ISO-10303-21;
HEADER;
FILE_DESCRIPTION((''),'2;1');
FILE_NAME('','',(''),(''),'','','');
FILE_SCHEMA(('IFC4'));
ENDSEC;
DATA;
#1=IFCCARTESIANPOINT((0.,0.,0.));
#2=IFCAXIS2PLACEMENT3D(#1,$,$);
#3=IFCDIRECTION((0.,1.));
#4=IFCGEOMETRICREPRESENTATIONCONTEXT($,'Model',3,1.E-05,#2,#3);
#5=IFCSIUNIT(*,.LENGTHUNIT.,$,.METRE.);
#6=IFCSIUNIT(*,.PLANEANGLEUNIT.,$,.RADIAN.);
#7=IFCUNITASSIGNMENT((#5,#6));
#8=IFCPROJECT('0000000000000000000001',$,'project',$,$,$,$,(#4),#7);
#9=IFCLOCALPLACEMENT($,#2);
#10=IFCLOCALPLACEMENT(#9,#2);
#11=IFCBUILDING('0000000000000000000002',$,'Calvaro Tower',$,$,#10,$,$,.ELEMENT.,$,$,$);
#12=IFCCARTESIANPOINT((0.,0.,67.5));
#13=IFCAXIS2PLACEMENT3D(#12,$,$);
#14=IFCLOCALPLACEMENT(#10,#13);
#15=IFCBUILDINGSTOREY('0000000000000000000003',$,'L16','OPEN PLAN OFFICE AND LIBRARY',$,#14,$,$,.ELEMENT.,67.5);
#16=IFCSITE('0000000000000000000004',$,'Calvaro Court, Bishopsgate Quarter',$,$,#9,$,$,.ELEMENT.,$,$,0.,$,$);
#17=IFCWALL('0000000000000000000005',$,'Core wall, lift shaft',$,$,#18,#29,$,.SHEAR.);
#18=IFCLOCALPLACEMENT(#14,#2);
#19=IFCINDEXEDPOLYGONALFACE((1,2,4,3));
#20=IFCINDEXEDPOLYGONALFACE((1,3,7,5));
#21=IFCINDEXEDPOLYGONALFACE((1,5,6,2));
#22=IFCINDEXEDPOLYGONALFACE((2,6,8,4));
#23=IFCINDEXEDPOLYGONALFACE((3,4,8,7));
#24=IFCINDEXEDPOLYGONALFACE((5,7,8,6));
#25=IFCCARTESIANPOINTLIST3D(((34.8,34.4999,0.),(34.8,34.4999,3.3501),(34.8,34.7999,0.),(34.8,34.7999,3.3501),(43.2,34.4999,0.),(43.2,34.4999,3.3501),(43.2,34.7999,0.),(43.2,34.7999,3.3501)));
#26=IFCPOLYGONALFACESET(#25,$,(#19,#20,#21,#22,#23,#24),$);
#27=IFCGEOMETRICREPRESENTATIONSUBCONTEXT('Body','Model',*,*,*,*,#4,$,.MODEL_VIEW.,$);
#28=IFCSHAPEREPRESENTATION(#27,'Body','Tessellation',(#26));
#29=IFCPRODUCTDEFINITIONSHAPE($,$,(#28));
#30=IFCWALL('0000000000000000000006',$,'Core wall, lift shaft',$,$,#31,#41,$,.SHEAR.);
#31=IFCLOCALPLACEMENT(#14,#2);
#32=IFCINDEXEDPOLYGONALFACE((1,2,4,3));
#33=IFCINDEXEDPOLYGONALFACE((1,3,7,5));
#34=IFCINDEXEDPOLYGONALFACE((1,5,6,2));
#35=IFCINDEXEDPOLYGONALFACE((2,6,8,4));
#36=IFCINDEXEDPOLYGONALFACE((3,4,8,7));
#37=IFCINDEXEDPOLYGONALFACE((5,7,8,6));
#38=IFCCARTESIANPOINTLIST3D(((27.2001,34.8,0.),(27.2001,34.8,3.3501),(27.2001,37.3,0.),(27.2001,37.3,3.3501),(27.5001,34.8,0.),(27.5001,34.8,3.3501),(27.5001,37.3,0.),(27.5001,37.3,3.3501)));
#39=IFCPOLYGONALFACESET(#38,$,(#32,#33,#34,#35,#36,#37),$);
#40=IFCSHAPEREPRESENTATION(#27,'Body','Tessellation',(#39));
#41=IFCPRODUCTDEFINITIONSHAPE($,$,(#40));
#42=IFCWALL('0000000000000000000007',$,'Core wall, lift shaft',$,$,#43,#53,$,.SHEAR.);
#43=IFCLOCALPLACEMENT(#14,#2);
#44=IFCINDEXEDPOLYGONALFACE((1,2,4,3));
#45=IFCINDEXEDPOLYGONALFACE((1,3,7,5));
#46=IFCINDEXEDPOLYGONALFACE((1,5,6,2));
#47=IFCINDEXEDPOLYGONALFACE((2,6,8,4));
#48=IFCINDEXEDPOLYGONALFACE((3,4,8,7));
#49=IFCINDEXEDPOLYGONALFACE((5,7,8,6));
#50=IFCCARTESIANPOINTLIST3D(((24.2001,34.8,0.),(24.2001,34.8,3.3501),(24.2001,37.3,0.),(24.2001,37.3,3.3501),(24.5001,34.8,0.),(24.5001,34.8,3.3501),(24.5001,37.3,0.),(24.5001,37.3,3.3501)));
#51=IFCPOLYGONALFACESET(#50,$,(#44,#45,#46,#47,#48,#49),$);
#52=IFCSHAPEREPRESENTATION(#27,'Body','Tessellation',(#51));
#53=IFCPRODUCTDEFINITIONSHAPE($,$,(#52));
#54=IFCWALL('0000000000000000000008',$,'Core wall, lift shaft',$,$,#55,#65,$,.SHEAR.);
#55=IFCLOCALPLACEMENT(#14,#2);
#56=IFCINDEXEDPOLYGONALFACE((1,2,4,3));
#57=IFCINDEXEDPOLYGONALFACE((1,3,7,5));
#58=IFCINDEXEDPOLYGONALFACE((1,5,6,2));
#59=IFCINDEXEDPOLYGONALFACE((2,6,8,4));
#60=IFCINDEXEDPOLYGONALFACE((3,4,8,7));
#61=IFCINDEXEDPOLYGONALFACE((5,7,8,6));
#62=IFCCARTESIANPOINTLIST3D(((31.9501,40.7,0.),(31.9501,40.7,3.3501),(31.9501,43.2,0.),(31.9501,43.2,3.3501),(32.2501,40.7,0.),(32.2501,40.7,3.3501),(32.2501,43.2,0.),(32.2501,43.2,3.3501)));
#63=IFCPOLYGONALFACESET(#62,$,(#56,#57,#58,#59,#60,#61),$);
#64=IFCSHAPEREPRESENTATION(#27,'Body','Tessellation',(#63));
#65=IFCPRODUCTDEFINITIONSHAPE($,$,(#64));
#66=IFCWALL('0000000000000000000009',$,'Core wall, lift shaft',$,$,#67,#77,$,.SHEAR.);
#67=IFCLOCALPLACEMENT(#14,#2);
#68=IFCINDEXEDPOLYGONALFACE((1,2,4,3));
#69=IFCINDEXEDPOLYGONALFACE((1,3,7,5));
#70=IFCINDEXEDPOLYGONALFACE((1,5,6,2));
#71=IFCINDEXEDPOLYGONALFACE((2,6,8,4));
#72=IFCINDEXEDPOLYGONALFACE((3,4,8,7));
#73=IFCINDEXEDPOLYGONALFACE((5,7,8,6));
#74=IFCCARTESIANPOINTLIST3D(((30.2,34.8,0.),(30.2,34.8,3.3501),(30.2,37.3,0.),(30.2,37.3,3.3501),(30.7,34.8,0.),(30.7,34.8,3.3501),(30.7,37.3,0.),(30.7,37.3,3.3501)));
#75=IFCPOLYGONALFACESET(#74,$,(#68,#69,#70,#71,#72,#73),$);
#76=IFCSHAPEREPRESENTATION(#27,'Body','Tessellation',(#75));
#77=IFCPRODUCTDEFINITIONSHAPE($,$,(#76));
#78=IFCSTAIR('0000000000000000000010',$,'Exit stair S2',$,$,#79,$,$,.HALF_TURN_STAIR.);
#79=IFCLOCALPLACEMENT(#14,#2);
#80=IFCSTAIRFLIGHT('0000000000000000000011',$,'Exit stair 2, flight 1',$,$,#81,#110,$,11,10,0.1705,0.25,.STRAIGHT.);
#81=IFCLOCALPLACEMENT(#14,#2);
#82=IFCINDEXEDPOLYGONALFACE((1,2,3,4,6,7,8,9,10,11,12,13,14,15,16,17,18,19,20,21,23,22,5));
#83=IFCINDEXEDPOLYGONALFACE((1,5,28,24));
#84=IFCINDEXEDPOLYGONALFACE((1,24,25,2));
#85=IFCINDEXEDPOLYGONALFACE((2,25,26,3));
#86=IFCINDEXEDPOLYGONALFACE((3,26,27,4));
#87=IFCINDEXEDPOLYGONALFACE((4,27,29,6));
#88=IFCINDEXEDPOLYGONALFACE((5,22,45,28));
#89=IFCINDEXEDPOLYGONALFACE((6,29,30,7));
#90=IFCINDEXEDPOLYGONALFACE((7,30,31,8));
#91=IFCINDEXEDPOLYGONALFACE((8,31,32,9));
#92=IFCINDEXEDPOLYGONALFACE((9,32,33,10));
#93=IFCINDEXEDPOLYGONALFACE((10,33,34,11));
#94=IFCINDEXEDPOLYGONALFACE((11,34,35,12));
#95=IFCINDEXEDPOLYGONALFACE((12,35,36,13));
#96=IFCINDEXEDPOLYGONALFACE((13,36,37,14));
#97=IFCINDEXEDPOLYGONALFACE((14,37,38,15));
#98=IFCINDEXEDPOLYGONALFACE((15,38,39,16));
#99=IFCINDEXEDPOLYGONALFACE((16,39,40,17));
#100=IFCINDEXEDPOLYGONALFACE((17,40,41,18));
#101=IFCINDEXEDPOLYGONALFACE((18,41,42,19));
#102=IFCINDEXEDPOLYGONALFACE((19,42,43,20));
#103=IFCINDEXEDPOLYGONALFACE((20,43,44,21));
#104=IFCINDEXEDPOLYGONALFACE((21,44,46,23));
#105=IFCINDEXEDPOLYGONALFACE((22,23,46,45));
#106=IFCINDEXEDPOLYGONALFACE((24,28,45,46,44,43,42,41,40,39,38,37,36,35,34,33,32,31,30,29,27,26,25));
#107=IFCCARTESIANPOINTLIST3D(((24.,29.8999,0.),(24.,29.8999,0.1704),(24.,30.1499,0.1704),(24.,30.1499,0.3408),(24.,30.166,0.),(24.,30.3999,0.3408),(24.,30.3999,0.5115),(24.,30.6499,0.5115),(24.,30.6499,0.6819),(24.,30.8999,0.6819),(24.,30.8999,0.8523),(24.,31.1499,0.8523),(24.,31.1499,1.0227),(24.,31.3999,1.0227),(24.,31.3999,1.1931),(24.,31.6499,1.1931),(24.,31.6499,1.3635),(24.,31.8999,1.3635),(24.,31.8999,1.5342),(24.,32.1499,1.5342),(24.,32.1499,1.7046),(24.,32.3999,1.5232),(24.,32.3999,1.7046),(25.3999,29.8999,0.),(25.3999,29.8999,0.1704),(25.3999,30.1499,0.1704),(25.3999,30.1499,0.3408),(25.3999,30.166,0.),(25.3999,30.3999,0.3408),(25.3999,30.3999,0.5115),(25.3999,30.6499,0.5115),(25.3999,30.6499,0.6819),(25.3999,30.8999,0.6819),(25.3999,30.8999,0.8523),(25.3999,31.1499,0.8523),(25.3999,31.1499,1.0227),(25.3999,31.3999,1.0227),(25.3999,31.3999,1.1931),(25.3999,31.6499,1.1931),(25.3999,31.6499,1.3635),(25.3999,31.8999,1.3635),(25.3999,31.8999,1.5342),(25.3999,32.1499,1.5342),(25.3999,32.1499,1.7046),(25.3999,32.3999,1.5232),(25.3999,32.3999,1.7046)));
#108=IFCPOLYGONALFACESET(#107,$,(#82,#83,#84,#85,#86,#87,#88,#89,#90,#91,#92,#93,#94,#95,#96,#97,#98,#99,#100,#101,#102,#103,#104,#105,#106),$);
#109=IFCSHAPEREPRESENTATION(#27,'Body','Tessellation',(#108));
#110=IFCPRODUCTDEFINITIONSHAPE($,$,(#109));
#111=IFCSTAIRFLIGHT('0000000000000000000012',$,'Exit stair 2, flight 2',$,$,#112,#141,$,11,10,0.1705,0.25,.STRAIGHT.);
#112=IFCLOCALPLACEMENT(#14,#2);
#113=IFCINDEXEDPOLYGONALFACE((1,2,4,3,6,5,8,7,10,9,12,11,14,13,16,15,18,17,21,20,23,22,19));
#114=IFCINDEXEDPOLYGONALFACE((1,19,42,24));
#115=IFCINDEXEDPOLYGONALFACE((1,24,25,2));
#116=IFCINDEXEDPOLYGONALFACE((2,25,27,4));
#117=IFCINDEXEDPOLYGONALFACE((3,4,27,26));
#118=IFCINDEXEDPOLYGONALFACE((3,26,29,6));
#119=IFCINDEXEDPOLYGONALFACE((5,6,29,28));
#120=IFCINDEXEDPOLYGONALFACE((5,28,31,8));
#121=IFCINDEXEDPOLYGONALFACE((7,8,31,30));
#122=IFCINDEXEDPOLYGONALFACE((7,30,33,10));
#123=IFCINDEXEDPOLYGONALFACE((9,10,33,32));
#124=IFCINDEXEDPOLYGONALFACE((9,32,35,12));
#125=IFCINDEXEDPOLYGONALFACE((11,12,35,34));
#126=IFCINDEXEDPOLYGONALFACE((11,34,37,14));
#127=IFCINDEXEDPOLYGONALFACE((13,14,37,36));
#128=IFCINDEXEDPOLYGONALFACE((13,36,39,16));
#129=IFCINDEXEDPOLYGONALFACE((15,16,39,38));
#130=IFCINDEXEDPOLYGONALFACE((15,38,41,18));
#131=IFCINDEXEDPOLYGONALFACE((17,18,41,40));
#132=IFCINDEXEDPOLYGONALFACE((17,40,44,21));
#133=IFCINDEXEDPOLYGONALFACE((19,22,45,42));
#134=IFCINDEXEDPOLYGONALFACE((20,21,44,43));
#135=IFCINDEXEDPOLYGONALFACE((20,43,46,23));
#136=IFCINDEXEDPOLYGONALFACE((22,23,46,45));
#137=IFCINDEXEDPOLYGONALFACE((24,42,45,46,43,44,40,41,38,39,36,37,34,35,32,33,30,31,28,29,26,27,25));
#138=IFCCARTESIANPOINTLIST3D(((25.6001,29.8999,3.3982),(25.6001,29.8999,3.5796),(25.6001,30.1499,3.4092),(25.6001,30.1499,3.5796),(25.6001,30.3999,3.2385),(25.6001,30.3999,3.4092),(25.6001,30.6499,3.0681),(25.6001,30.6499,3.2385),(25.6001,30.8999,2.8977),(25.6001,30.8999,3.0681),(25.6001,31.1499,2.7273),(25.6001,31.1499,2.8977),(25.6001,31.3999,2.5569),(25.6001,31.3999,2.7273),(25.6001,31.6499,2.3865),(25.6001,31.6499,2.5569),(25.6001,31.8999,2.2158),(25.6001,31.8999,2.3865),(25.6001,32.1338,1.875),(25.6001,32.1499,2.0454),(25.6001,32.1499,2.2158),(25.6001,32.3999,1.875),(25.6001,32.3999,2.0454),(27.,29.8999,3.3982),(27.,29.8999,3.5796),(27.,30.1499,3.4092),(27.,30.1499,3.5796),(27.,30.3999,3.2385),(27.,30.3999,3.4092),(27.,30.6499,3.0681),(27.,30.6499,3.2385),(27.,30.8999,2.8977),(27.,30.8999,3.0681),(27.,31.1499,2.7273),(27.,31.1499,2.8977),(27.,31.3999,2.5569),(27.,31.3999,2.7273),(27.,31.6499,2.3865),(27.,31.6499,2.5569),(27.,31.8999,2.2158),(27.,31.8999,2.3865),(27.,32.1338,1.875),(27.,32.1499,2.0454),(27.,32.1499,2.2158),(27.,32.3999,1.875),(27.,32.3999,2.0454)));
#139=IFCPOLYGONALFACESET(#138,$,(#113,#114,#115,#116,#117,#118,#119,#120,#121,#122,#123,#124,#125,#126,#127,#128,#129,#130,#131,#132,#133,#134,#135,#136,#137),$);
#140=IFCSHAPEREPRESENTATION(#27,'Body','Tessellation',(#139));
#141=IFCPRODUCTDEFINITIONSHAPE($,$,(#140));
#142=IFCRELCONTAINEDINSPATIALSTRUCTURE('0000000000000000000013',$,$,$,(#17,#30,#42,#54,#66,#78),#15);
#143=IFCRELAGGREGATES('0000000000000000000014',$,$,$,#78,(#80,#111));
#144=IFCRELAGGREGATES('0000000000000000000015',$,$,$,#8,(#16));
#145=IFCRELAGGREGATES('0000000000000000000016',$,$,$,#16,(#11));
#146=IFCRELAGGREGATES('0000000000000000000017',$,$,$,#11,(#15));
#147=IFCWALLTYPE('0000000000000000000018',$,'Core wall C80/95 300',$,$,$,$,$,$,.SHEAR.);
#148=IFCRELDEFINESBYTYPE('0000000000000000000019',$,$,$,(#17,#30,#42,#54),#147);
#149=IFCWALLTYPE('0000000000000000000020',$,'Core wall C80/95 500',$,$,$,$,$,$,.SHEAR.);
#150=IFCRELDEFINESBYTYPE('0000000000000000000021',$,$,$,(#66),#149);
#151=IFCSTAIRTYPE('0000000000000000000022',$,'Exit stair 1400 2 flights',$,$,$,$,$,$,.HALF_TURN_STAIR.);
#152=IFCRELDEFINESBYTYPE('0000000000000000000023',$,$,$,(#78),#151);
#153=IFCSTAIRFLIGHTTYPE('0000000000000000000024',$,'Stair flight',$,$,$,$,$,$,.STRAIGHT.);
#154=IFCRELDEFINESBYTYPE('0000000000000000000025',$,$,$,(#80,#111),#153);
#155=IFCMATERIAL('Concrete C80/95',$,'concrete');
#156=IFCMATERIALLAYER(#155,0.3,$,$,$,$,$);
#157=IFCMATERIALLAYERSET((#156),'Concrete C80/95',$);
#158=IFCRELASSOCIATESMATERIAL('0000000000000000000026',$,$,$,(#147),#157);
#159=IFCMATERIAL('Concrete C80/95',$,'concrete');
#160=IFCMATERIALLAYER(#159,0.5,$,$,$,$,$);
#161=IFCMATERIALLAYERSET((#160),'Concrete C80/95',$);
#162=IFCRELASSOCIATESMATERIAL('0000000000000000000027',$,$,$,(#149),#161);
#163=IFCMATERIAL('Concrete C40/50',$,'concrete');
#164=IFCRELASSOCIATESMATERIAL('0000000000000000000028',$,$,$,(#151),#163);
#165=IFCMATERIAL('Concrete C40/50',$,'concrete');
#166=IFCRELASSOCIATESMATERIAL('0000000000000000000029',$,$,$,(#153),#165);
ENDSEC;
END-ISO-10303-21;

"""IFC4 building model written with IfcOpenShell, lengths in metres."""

from ifc_helpers import new_model, si_unit, direction, frame, frame_2d, origin, place, context, subcontext, project, spatial, polyline, rectangle, outline, extrude, material, layer, layer_set, type_object, element, aggregate, save


model = new_model("IFC4")

# Units and contexts
model_context = context("Model", 3, precision=1e-05, world=origin(), true_north=direction((0.0, 1.0)))
body_context = subcontext(model_context, "Body", "Model", "MODEL_VIEW")
ifc_project = project(units=[si_unit("LENGTHUNIT", "METRE"), si_unit("PLANEANGLEUNIT", "RADIAN")], contexts=[model_context])

# Site, building, storey
site_placement = place(None, origin())
site = spatial("IfcSite", under=ifc_project, at=site_placement, Name="Calvaro Court, Bishopsgate Quarter", CompositionType="ELEMENT", RefElevation=0.0)
building_placement = place(site_placement, origin())
building = spatial("IfcBuilding", under=site, at=building_placement, Name="Calvaro Tower", CompositionType="ELEMENT")
storey_placement = place(building_placement, frame((0.0, 0.0, 67.5)))
storey = spatial("IfcBuildingStorey", under=building, at=storey_placement, Name="L16", Description="OPEN PLAN OFFICE AND LIBRARY", CompositionType="ELEMENT", Elevation=67.5)

# Walls
ifc_material_1 = material(Name="Concrete C80/95", Category="concrete")
ifc_layer_1 = layer(ifc_material_1, 0.3)
ifc_layer_set_1 = layer_set([ifc_layer_1], Name="Concrete C80/95")
wall_type_1 = type_object("IfcWallType", Name="Core wall C80/95 300", PredefinedType="SHEAR", material=ifc_layer_set_1)
wall_1_placement = place(storey_placement, frame((34.8, 34.6499, 0.0), z_axis=(0.0, 0.0, 1.0), x_axis=(1.0, 0.0, 0.0)))
element("IfcWall", 1, at=wall_1_placement, inside=storey, type_object=wall_type_1, Name="Core wall, lift shaft", PredefinedType="SHEAR", context=body_context, shape_type="SweptSolid", body=[
    extrude(rectangle(XDim=8.3999, YDim=0.3, at=frame_2d((4.2, 0.0))), origin(), (0.0, 0.0, 1.0), 3.3501),
])
for number, where, z_axis, x_axis, name in (
    (2, (27.3501, 34.8, 0.0), (0.0, 0.0, 1.0), (0.0, 1.0, 0.0), "Core wall, lift shaft"),
    (3, (24.3501, 34.8, 0.0), (0.0, 0.0, 1.0), (0.0, 1.0, 0.0), "Core wall, lift shaft"),
    (4, (32.1001, 40.7, 0.0), (0.0, 0.0, 1.0), (0.0, 1.0, 0.0), "Core wall, lift shaft"),
):
    element("IfcWall", number, at=place(storey_placement, frame(where, z_axis=z_axis, x_axis=x_axis)), inside=storey, type_object=wall_type_1, Name=name, PredefinedType="SHEAR", context=body_context, shape_type="SweptSolid", body=[
        extrude(rectangle(XDim=2.5, YDim=0.3, at=frame_2d((1.25, 0.0))), origin(), (0.0, 0.0, 1.0), 3.3501),
    ])
ifc_material_2 = material(Name="Concrete C80/95", Category="concrete")
ifc_layer_2 = layer(ifc_material_2, 0.5)
ifc_layer_set_2 = layer_set([ifc_layer_2], Name="Concrete C80/95")
wall_type_2 = type_object("IfcWallType", Name="Core wall C80/95 500", PredefinedType="SHEAR", material=ifc_layer_set_2)
wall_2_placement = place(storey_placement, frame((30.45, 34.8, 0.0), z_axis=(0.0, 0.0, 1.0), x_axis=(0.0, 1.0, 0.0)))
element("IfcWall", 5, at=wall_2_placement, inside=storey, type_object=wall_type_2, Name="Core wall, lift shaft", PredefinedType="SHEAR", context=body_context, shape_type="SweptSolid", body=[
    extrude(rectangle(XDim=2.5, YDim=0.5, at=frame_2d((1.25, 0.0))), origin(), (0.0, 0.0, 1.0), 3.3501),
])

# Stair, stair flights
ifc_material_3 = material(Name="Concrete C40/50", Category="concrete")
stair_type = type_object("IfcStairType", Name="Exit stair 1400 2 flights", PredefinedType="HALF_TURN_STAIR", material=ifc_material_3)
stair_placement = place(storey_placement, origin())
stair = element("IfcStair", 6, at=stair_placement, inside=storey, type_object=stair_type, Name="Exit stair S2", PredefinedType="HALF_TURN_STAIR")
ifc_material_4 = material(Name="Concrete C40/50", Category="concrete")
stair_flight_type = type_object("IfcStairFlightType", Name="Stair flight", PredefinedType="STRAIGHT", material=ifc_material_4)
stair_flight_1_placement = place(storey_placement, frame((24.7, 29.8999, 0.0), z_axis=(0.0, 0.0, 1.0), x_axis=(0.0, 1.0, 0.0)))
stair_flight_1 = element("IfcStairFlight", 7, at=stair_flight_1_placement, type_object=stair_flight_type, Name="Exit stair 2, flight 1", NumberOfRisers=11, NumberOfTreads=10, PredefinedType="STRAIGHT", RiserHeight=0.1705, TreadLength=0.25, context=body_context, shape_type="SweptSolid", body=[
    extrude(outline(polyline([(0.0, 0.0), (0.0, 0.1704), (0.25, 0.1704), (0.25, 0.3408), (0.5, 0.3408), (0.5, 0.5115), (0.75, 0.5115), (0.75, 0.6819), (1.0, 0.6819), (1.0, 0.8523), (1.25, 0.8523), (1.25, 1.0227), (1.5, 1.0227), (1.5, 1.1931), (1.75, 1.1931), (1.75, 1.3635), (2.0, 1.3635), (2.0, 1.5342), (2.25, 1.5342), (2.25, 1.7046), (2.5, 1.7046), (2.5, 1.875), (2.5, 1.5232), (0.2661, 0.0), (0.0, 0.0)])), frame((0.0, 0.7, 0.0), z_axis=(0.0, -1.0, 0.0), x_axis=(1.0, 0.0, 0.0)), (0.0, 0.0, 1.0), 1.3999),
])
stair_flight_2_placement = place(storey_placement, frame((26.3, 32.3999, 1.875), z_axis=(0.0, 0.0, 1.0), x_axis=(0.0, -1.0, 0.0)))
stair_flight_2 = element("IfcStairFlight", 8, at=stair_flight_2_placement, type_object=stair_flight_type, Name="Exit stair 2, flight 2", NumberOfRisers=11, NumberOfTreads=10, PredefinedType="STRAIGHT", RiserHeight=0.1705, TreadLength=0.25, context=body_context, shape_type="SweptSolid", body=[
    extrude(outline(polyline([(0.0, 0.0), (0.0, 0.1704), (0.25, 0.1704), (0.25, 0.3408), (0.5, 0.3408), (0.5, 0.5115), (0.75, 0.5115), (0.75, 0.6819), (1.0, 0.6819), (1.0, 0.8523), (1.25, 0.8523), (1.25, 1.0227), (1.5, 1.0227), (1.5, 1.1931), (1.75, 1.1931), (1.75, 1.3635), (2.0, 1.3635), (2.0, 1.5342), (2.25, 1.5342), (2.25, 1.7046), (2.5, 1.7046), (2.5, 1.875), (2.5, 1.5232), (0.2661, 0.0), (0.0, 0.0)])), frame((0.0, 0.7, 0.0), z_axis=(0.0, -1.0, 0.0), x_axis=(1.0, 0.0, 0.0)), (0.0, 0.0, 1.0), 1.3999),
])
aggregate(stair, [stair_flight_1, stair_flight_2])

save(model, "model.ifc")
